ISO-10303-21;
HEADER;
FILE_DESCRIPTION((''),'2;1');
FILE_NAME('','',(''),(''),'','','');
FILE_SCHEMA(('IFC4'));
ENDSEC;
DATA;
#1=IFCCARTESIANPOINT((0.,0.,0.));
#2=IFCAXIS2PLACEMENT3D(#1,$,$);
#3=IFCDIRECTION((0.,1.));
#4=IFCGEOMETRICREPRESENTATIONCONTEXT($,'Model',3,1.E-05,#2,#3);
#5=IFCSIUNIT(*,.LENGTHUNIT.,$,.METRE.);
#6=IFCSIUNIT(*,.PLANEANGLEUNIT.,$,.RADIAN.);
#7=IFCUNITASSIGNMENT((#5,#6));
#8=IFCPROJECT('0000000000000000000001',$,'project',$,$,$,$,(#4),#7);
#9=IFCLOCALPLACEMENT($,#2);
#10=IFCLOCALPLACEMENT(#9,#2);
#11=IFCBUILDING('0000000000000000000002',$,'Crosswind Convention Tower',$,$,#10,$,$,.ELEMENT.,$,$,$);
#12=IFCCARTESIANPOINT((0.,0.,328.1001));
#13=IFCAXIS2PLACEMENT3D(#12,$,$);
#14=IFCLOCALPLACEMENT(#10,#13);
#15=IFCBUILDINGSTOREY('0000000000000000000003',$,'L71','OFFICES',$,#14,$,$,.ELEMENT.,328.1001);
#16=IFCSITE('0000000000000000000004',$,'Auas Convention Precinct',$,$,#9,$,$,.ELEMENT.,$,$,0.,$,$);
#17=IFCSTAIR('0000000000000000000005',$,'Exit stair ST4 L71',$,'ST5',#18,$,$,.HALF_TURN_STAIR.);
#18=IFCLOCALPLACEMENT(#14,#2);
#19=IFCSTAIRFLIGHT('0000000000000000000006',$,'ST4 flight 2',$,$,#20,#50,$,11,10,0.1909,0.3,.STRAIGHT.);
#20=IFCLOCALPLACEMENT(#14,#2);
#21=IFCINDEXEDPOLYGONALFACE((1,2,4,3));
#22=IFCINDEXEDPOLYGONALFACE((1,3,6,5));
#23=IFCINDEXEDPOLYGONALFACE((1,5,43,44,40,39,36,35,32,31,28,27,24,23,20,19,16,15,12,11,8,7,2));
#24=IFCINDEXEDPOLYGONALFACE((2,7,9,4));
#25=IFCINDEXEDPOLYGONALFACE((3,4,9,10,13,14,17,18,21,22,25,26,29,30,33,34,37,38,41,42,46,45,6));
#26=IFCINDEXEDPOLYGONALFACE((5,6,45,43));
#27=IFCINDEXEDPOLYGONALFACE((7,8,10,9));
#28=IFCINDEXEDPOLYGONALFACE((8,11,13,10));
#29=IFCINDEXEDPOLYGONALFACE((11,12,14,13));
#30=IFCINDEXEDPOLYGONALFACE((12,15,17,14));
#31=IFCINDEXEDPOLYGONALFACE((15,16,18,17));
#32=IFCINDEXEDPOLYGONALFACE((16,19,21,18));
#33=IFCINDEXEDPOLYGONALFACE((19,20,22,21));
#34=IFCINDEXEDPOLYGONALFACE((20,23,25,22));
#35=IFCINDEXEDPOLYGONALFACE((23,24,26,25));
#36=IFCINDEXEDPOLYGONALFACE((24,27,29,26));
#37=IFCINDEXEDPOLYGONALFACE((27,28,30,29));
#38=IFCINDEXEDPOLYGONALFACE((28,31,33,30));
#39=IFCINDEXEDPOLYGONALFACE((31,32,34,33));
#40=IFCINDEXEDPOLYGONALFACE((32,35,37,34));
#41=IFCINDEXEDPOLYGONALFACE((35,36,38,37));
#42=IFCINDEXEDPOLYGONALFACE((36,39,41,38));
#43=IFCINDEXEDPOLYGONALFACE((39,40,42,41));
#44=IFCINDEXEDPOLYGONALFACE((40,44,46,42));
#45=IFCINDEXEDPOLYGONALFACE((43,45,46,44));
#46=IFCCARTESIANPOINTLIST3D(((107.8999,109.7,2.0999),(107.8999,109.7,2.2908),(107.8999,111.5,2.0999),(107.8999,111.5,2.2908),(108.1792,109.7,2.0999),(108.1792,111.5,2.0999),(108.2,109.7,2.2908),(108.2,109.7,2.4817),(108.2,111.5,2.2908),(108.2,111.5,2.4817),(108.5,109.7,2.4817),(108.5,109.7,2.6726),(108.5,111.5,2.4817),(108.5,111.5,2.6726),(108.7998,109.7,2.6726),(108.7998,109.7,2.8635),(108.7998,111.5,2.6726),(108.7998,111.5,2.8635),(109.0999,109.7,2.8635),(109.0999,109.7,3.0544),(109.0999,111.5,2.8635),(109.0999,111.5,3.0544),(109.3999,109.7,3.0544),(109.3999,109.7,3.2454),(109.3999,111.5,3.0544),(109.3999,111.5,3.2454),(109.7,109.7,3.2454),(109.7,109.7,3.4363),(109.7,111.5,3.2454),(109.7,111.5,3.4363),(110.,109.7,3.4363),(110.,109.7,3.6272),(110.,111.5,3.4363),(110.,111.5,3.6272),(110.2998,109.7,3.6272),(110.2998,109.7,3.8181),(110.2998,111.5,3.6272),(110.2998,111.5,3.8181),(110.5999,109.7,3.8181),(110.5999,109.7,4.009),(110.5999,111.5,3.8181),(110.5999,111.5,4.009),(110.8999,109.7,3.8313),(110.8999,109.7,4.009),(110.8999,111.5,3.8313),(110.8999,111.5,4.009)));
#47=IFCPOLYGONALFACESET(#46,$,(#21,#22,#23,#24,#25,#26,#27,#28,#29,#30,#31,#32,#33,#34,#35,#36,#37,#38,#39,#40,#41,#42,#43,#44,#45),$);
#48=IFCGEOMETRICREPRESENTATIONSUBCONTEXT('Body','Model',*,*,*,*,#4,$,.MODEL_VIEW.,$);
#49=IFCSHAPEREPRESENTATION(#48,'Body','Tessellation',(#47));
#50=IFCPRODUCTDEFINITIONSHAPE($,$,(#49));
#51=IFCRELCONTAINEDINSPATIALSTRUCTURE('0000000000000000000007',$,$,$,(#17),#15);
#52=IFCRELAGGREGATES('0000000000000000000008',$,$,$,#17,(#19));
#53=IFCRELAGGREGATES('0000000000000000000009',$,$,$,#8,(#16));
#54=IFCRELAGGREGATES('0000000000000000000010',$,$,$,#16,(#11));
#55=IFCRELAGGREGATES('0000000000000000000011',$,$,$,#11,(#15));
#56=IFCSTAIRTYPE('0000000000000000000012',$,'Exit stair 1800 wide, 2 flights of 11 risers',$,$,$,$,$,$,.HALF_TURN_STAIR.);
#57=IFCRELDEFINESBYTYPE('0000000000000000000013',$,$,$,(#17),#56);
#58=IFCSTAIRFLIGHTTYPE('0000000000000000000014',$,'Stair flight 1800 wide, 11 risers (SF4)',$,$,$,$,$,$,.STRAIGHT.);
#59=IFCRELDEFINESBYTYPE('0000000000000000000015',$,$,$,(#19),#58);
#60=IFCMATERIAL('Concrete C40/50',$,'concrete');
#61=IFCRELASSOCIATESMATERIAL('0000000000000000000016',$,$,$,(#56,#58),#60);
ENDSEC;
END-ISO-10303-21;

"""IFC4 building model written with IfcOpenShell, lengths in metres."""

from ifc_helpers import new_model, si_unit, direction, frame, origin, place, context, subcontext, project, spatial, polyline, outline, extrude, material, type_object, element, aggregate, save


model = new_model("IFC4")

# Units and contexts
model_context = context("Model", 3, precision=1e-05, world=origin(), true_north=direction((0.0, 1.0)))
body_context = subcontext(model_context, "Body", "Model", "MODEL_VIEW")
ifc_project = project(units=[si_unit("LENGTHUNIT", "METRE"), si_unit("PLANEANGLEUNIT", "RADIAN")], contexts=[model_context])

# Site, building, storey
site_placement = place(None, origin())
site = spatial("IfcSite", under=ifc_project, at=site_placement, Name="Auas Convention Precinct", CompositionType="ELEMENT", RefElevation=0.0)
building_placement = place(site_placement, origin())
building = spatial("IfcBuilding", under=site, at=building_placement, Name="Crosswind Convention Tower", CompositionType="ELEMENT")
storey_placement = place(building_placement, frame((0.0, 0.0, 328.1001)))
storey = spatial("IfcBuildingStorey", under=building, at=storey_placement, Name="L71", Description="OFFICES", CompositionType="ELEMENT", Elevation=328.1001)

# Stair, stair flight
ifc_material_1 = material(Name="Concrete C40/50", Category="concrete")
stair_type = type_object("IfcStairType", Name="Exit stair 1800 wide, 2 flights of 11 risers", PredefinedType="HALF_TURN_STAIR", material=ifc_material_1)
stair_placement = place(storey_placement, origin())
stair = element("IfcStair", 1, at=stair_placement, inside=storey, type_object=stair_type, Name="Exit stair ST4 L71", ObjectType="ST5", PredefinedType="HALF_TURN_STAIR")
stair_flight_type = type_object("IfcStairFlightType", Name="Stair flight 1800 wide, 11 risers (SF4)", PredefinedType="STRAIGHT", material=ifc_material_1)
stair_flight_placement = place(storey_placement, frame((107.8999, 110.6001, 2.0999), z_axis=(0.0, 0.0, 1.0), x_axis=(1.0, 0.0, 0.0)))
stair_flight = element("IfcStairFlight", 2, at=stair_flight_placement, type_object=stair_flight_type, Name="ST4 flight 2", NumberOfRisers=11, NumberOfTreads=10, PredefinedType="STRAIGHT", RiserHeight=0.1909, TreadLength=0.3, context=body_context, shape_type="SweptSolid", body=[
    extrude(outline(polyline([(0.0, 0.0), (0.0, 0.1909), (0.3, 0.1909), (0.3, 0.3818), (0.6001, 0.3818), (0.6001, 0.5728), (0.8999, 0.5728), (0.8999, 0.7637), (1.2, 0.7637), (1.2, 0.9546), (1.5, 0.9546), (1.5, 1.1455), (1.8, 1.1455), (1.8, 1.3364), (2.1001, 1.3364), (2.1001, 1.5273), (2.3999, 1.5273), (2.3999, 1.7183), (2.7, 1.7183), (2.7, 1.9092), (3.0, 1.9092), (3.0, 2.1001), (3.0, 1.7314), (0.2793, 0.0), (0.0, 0.0)])), frame((0.0, 0.8999, 0.0), z_axis=(0.0, -1.0, 0.0), x_axis=(1.0, 0.0, 0.0)), (0.0, 0.0, 1.0), 1.8),
])
aggregate(stair, [stair_flight])

save(model, "model.ifc")
